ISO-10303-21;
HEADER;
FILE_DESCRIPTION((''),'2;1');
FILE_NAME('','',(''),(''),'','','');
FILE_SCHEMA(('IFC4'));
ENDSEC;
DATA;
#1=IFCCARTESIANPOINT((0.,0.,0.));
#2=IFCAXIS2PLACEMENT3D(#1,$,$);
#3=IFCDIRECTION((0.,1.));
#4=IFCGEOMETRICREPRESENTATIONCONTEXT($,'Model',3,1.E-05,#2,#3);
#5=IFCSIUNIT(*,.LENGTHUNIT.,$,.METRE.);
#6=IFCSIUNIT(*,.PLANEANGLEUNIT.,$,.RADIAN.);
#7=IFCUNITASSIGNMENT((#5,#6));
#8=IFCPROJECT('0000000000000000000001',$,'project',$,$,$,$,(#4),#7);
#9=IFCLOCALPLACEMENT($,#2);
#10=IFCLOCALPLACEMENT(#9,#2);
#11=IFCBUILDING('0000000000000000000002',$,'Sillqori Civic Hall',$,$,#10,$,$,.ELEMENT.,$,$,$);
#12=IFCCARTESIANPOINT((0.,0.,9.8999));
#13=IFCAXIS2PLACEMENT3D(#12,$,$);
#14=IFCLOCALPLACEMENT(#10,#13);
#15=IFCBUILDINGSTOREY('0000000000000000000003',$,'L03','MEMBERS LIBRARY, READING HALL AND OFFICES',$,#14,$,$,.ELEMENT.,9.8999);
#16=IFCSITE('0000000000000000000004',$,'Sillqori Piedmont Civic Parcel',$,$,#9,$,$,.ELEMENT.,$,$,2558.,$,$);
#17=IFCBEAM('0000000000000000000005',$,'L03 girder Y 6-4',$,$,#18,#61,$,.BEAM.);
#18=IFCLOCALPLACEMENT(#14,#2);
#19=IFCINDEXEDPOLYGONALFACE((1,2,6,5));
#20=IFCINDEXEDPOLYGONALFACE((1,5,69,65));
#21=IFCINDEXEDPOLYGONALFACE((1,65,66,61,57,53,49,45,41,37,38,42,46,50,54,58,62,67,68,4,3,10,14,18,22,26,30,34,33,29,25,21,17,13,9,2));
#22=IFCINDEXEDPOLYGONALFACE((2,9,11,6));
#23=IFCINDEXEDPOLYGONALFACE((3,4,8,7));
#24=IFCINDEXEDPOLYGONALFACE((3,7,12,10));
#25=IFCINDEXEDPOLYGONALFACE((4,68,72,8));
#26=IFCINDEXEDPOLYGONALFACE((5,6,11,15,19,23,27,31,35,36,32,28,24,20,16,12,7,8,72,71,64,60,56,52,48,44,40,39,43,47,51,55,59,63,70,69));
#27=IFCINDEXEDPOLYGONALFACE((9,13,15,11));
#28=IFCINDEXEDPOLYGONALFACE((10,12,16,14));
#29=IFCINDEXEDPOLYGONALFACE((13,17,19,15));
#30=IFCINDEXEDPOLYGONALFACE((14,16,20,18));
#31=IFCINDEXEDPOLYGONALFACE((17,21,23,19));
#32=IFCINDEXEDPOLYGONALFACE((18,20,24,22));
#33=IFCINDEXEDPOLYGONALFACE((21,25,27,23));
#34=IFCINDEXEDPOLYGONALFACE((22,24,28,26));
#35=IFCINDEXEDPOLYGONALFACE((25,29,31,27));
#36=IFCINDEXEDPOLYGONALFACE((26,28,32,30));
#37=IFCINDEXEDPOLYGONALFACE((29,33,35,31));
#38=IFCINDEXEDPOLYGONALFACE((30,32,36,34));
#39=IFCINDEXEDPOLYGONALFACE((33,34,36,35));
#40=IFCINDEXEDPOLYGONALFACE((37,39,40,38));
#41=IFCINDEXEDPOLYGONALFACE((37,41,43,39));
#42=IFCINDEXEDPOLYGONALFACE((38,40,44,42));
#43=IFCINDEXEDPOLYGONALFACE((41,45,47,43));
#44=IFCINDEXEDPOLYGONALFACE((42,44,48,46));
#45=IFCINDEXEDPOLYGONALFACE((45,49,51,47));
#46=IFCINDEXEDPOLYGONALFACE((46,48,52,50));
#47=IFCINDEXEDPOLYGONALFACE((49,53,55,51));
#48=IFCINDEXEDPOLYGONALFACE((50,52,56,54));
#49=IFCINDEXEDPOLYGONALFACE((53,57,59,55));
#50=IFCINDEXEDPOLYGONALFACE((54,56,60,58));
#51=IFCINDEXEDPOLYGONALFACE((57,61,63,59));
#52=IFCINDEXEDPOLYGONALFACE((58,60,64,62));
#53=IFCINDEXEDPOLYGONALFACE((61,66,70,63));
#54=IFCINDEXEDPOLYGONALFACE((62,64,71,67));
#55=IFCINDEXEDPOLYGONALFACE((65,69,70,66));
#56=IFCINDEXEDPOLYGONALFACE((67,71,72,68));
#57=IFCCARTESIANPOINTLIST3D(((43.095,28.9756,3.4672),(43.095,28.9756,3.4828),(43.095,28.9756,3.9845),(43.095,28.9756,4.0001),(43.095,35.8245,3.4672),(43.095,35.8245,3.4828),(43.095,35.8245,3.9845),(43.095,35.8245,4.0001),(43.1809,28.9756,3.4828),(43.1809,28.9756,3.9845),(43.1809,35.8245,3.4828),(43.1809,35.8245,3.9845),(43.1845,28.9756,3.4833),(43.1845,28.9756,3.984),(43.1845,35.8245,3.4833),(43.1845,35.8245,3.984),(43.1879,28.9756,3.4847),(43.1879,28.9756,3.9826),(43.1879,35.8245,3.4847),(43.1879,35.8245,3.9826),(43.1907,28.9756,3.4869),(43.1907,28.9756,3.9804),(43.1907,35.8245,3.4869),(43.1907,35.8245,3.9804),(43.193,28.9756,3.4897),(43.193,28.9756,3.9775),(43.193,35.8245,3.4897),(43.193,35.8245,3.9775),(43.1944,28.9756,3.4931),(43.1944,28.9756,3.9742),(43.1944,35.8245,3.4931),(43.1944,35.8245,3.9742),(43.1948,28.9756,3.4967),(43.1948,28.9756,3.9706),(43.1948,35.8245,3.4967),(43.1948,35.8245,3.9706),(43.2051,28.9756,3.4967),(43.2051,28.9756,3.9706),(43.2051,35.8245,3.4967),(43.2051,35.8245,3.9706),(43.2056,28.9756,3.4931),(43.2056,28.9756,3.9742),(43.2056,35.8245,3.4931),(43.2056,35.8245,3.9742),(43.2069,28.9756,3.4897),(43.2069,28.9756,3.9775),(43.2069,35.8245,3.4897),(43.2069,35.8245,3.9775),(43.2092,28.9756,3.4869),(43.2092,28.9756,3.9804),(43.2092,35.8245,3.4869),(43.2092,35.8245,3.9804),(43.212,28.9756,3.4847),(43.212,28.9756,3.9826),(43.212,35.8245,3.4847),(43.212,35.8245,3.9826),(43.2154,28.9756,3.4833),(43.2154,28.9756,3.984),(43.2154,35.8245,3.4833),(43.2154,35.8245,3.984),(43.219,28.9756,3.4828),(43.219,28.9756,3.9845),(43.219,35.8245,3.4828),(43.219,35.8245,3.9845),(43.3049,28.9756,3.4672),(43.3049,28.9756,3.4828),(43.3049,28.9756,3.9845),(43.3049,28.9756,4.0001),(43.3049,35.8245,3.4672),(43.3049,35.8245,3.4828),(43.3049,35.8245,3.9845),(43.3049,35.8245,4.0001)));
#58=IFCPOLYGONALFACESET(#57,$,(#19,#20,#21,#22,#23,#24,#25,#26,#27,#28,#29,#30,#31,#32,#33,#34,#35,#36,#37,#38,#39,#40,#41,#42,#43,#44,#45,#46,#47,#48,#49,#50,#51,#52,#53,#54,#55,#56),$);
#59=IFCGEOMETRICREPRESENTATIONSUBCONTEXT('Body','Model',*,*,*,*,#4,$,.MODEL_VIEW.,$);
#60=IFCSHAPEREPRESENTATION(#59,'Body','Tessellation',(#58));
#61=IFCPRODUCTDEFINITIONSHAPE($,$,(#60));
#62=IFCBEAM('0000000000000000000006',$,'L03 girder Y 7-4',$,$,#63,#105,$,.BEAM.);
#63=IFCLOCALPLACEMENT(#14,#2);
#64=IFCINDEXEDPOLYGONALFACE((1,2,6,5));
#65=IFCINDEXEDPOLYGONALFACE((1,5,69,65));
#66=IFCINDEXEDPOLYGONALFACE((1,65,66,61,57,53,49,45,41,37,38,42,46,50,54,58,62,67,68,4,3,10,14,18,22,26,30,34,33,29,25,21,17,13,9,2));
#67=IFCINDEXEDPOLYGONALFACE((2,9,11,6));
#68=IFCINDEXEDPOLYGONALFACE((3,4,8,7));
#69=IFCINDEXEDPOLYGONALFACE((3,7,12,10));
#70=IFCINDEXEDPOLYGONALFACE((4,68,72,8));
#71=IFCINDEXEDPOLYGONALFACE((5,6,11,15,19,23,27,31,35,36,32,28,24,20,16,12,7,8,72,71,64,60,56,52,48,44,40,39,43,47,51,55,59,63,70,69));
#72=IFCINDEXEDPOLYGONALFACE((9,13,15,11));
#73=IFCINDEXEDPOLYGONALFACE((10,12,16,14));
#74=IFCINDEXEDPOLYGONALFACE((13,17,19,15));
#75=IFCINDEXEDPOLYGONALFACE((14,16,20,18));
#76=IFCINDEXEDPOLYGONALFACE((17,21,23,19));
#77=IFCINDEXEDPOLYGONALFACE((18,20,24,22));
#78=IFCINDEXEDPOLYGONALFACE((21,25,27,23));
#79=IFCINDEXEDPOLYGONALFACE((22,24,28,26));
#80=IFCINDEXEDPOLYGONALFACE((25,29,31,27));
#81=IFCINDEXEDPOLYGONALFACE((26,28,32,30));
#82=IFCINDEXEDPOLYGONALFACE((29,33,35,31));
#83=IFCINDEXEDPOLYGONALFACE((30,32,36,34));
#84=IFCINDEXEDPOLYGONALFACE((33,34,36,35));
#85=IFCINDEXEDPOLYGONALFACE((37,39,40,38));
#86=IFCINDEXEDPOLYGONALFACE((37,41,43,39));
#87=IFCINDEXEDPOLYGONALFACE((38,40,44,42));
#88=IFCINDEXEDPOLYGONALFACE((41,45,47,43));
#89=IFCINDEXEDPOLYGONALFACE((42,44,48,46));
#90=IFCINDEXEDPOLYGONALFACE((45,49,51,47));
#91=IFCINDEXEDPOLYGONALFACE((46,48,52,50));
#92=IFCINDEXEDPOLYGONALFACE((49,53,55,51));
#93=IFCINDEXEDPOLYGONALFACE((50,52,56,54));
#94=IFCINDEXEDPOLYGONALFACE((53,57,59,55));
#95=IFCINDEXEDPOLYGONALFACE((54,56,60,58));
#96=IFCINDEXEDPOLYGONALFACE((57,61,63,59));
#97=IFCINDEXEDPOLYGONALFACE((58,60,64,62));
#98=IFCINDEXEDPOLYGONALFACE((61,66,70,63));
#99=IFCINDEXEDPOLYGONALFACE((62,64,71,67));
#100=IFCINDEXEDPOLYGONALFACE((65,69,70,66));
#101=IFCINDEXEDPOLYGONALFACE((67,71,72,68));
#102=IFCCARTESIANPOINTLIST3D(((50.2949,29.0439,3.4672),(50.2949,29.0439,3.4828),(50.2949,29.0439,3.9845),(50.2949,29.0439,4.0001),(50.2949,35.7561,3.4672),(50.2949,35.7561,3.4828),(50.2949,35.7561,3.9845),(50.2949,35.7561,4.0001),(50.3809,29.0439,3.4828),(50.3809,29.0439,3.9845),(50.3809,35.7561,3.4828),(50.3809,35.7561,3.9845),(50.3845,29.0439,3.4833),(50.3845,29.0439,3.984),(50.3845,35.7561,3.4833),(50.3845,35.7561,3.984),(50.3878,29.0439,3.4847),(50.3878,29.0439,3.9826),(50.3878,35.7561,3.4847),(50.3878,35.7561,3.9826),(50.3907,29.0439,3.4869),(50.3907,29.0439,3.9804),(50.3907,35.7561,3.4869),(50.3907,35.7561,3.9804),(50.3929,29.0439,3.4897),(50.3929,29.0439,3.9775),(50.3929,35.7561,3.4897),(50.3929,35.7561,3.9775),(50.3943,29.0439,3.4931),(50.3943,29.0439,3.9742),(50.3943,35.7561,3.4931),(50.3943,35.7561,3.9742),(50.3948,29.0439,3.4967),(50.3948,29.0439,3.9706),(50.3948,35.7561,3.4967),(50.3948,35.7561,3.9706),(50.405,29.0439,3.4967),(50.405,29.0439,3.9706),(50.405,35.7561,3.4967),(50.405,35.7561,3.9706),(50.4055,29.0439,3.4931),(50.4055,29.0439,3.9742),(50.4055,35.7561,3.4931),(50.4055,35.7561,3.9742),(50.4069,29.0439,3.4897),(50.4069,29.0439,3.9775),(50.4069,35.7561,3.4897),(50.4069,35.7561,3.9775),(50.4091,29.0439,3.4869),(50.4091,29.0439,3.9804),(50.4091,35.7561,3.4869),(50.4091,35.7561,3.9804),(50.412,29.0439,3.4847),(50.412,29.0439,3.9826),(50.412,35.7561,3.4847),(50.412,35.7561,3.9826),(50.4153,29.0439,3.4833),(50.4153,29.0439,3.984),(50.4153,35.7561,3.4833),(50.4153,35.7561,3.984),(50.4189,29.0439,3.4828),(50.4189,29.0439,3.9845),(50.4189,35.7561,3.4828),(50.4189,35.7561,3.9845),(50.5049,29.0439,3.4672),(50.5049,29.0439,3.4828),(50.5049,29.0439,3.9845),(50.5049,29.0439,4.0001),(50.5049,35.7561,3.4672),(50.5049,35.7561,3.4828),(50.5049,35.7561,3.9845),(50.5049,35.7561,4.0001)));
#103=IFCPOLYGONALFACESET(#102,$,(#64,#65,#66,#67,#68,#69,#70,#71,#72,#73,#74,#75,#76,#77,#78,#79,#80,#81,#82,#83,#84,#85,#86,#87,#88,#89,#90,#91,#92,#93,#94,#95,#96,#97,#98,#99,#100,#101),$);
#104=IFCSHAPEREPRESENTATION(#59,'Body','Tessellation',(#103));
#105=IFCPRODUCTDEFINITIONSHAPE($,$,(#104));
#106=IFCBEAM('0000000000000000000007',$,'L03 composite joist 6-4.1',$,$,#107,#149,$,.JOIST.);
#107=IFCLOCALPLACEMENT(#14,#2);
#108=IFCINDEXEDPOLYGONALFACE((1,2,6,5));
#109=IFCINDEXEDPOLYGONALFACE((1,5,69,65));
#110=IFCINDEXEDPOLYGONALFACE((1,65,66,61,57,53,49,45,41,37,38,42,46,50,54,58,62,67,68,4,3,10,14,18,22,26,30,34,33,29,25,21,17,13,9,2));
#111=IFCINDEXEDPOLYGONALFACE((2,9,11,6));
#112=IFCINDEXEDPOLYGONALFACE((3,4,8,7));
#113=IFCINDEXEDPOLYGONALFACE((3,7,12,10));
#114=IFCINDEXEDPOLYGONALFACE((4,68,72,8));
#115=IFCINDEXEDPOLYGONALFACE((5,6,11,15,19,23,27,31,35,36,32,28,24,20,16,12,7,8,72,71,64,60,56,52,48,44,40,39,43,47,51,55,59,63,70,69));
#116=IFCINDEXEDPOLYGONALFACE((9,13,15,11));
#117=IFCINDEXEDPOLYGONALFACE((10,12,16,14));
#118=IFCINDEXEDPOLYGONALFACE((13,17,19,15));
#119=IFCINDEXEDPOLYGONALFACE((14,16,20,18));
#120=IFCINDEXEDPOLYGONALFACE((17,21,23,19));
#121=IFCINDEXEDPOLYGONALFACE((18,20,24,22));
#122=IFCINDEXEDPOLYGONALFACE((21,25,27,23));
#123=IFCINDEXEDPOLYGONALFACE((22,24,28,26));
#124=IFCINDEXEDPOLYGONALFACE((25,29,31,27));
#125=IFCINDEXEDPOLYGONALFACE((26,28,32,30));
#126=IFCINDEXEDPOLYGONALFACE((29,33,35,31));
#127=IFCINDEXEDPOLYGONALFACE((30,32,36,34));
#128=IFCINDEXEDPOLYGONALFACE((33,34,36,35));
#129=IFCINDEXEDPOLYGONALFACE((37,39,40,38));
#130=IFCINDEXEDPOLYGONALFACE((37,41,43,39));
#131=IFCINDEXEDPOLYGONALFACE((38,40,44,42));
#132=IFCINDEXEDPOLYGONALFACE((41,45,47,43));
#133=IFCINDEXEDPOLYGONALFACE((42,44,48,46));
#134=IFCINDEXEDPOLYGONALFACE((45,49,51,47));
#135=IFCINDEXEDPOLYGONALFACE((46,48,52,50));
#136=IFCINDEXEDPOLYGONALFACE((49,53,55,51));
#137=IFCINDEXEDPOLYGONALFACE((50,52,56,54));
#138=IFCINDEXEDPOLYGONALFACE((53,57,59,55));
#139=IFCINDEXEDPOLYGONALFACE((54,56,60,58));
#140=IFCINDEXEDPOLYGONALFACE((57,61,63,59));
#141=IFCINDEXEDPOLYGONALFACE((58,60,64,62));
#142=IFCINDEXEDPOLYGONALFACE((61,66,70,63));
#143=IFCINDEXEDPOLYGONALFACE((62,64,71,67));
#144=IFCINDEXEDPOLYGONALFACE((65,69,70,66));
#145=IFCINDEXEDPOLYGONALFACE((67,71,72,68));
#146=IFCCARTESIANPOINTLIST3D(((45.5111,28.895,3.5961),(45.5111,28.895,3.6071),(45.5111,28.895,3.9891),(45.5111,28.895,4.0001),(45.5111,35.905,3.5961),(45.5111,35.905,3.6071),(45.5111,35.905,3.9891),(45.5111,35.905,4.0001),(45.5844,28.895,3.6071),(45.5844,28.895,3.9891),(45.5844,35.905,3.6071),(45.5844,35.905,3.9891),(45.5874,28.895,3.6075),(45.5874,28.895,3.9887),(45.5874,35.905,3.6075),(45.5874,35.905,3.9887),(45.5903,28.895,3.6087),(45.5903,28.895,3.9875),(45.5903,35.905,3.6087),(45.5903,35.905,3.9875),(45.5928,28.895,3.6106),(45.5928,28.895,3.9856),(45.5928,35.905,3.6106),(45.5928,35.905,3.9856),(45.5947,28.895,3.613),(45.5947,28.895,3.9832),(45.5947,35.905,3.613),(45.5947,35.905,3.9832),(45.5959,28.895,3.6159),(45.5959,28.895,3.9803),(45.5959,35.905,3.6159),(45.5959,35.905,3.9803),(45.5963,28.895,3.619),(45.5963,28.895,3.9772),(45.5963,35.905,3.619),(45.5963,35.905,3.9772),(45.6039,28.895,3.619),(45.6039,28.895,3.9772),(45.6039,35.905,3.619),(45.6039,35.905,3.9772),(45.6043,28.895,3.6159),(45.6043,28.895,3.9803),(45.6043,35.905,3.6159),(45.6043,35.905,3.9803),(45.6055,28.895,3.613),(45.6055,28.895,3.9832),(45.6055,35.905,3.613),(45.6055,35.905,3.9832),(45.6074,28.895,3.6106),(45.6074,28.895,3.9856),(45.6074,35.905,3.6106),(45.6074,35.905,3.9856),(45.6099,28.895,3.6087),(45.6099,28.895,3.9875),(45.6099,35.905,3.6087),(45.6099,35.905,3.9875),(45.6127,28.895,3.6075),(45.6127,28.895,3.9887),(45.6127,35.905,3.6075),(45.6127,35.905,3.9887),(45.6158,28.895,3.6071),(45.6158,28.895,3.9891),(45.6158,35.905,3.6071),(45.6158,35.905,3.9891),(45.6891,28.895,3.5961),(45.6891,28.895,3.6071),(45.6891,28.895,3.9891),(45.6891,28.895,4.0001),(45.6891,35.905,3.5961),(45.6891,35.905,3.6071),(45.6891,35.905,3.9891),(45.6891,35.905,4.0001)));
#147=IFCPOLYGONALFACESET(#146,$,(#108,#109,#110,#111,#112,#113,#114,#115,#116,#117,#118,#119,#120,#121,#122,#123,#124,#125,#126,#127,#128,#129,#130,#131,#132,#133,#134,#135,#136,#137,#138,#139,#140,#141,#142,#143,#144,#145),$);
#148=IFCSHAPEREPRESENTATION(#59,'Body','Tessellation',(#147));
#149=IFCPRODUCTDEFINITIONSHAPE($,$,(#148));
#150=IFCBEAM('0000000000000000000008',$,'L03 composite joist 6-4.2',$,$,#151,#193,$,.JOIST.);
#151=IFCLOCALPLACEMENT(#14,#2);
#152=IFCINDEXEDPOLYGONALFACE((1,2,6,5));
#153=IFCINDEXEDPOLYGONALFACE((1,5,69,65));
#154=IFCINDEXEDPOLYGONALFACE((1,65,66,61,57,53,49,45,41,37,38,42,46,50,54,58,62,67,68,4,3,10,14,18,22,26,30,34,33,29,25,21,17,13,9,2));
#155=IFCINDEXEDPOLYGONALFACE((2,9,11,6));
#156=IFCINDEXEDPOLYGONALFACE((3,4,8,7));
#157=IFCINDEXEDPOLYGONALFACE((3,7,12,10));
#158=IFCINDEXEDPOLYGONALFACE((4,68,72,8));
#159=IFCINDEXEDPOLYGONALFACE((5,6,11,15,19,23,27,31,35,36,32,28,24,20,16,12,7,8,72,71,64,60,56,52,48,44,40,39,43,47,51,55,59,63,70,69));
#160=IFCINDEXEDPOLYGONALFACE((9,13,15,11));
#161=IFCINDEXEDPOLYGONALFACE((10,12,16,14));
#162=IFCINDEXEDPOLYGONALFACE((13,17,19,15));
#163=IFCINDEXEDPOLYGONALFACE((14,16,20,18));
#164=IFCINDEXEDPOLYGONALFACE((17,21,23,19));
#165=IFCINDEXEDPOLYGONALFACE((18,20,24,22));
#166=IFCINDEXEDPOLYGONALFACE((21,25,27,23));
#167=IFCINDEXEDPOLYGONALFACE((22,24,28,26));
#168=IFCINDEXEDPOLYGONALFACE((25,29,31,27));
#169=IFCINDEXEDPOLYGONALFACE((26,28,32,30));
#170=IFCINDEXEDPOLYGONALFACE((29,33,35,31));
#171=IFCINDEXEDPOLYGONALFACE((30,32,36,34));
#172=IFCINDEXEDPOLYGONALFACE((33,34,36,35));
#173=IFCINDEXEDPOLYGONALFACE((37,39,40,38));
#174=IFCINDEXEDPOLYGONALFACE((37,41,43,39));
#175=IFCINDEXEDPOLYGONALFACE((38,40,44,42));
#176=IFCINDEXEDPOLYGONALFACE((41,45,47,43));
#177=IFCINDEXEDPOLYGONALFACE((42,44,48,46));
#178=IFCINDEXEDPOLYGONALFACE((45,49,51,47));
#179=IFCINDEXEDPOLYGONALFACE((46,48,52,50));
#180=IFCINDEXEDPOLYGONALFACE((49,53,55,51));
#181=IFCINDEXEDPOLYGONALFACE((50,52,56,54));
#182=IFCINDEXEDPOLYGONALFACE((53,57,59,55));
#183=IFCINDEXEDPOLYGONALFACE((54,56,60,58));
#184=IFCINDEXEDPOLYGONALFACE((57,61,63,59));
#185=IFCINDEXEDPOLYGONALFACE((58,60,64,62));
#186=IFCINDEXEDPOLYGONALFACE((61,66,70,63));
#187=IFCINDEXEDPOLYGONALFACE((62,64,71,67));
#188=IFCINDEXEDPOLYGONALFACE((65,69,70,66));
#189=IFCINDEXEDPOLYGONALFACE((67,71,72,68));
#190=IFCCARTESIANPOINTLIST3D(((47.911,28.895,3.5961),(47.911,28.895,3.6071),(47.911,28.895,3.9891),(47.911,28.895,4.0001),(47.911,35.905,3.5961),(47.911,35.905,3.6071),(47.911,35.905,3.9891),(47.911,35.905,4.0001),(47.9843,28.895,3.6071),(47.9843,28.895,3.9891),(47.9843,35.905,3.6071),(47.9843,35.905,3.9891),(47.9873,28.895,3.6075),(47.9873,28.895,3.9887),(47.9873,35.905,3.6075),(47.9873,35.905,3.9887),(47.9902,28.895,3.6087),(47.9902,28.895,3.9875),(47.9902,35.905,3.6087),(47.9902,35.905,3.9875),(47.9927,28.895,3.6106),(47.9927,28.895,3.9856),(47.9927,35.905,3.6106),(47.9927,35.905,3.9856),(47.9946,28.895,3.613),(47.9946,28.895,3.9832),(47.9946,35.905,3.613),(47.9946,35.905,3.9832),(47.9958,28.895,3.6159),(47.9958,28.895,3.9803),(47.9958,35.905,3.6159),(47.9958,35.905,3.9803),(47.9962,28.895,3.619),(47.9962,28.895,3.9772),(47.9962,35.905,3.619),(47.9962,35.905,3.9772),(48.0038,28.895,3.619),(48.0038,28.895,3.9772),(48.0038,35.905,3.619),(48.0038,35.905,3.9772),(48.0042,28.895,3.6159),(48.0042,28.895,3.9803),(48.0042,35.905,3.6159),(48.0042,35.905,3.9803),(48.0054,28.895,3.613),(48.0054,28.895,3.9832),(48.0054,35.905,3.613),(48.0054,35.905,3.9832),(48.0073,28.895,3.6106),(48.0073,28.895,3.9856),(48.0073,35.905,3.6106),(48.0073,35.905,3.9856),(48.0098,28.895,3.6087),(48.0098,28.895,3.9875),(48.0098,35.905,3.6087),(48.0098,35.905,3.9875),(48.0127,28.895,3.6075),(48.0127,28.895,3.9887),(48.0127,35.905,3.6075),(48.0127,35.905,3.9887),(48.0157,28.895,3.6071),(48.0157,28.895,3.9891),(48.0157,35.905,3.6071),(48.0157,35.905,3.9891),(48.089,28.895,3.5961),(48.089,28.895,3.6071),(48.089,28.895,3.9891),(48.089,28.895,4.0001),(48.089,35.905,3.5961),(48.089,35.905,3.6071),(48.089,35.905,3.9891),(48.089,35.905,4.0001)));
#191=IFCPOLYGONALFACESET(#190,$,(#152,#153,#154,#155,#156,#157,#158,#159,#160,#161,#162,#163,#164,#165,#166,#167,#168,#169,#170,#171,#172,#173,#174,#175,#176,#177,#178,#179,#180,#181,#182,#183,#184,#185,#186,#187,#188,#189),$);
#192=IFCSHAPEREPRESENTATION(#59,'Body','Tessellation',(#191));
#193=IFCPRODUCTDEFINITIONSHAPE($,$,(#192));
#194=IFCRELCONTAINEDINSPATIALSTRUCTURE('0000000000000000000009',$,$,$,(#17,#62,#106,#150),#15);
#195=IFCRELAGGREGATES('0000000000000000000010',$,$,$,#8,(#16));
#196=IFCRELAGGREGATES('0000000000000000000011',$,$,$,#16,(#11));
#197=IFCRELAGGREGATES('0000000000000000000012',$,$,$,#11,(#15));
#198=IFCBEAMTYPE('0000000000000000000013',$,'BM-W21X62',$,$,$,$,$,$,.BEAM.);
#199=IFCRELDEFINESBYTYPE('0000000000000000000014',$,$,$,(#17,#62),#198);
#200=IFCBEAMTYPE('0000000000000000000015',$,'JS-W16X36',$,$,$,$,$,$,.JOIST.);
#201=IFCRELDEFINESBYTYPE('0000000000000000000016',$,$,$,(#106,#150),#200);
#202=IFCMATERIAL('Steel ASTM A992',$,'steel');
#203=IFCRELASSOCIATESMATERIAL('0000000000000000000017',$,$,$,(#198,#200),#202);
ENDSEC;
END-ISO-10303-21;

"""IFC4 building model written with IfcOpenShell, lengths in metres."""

from ifc_helpers import new_model, si_unit, direction, frame, origin, origin_2d, place, context, subcontext, project, spatial, i_section, extrude, material, material_profile, profile_set, type_object, element, save


model = new_model("IFC4")

# Units and contexts
model_context = context("Model", 3, precision=1e-05, world=origin(), true_north=direction((0.0, 1.0)))
body_context = subcontext(model_context, "Body", "Model", "MODEL_VIEW")
ifc_project = project(units=[si_unit("LENGTHUNIT", "METRE"), si_unit("PLANEANGLEUNIT", "RADIAN")], contexts=[model_context])

# Site, building, storey
site_placement = place(None, origin())
site = spatial("IfcSite", under=ifc_project, at=site_placement, Name="Sillqori Piedmont Civic Parcel", CompositionType="ELEMENT", RefElevation=2558.0)
building_placement = place(site_placement, origin())
building = spatial("IfcBuilding", under=site, at=building_placement, Name="Sillqori Civic Hall", CompositionType="ELEMENT")
storey_placement = place(building_placement, frame((0.0, 0.0, 9.8999)))
storey = spatial("IfcBuildingStorey", under=building, at=storey_placement, Name="L03", Description="MEMBERS LIBRARY, READING HALL AND OFFICES", CompositionType="ELEMENT", Elevation=9.8999)

# Beams
ifc_material_1 = material(Name="Steel ASTM A992", Category="steel")
ifc_material_profile_1 = material_profile(ifc_material_1, i_section(OverallWidth=0.21, OverallDepth=0.533, WebThickness=0.0103, FlangeThickness=0.0156, FilletRadius=0.0139, at=origin_2d()), Name="W21X62")
ifc_profile_set_1 = profile_set([ifc_material_profile_1], Name="Steel ASTM A992")
beam_type_1 = type_object("IfcBeamType", Name="BM-W21X62", PredefinedType="BEAM", material=ifc_profile_set_1)
beam_1_placement = place(storey_placement, frame((43.2, 28.9756, 3.7336), z_axis=(0.0, 1.0, 0.0), x_axis=(-1.0, 0.0, 0.0)))
element("IfcBeam", 1, at=beam_1_placement, inside=storey, type_object=beam_type_1, Name="L03 girder Y 6-4", PredefinedType="BEAM", context=body_context, shape_type="SweptSolid", body=[
    extrude(i_section(OverallWidth=0.21, OverallDepth=0.533, WebThickness=0.0103, FlangeThickness=0.0156, FilletRadius=0.0139, at=origin_2d()), origin(), (0.0, 0.0, 1.0), 6.8489),
])
beam_2_placement = place(storey_placement, frame((50.3999, 29.0439, 3.7336), z_axis=(0.0, 1.0, 0.0), x_axis=(-1.0, 0.0, 0.0)))
element("IfcBeam", 2, at=beam_2_placement, inside=storey, type_object=beam_type_1, Name="L03 girder Y 7-4", PredefinedType="BEAM", context=body_context, shape_type="SweptSolid", body=[
    extrude(i_section(OverallWidth=0.21, OverallDepth=0.533, WebThickness=0.0103, FlangeThickness=0.0156, FilletRadius=0.0139, at=origin_2d()), origin(), (0.0, 0.0, 1.0), 6.7122),
])
ifc_material_profile_2 = material_profile(ifc_material_1, i_section(OverallWidth=0.178, OverallDepth=0.4041, WebThickness=0.0076, FlangeThickness=0.011, FilletRadius=0.012, at=origin_2d()), Name="W16X36")
ifc_profile_set_2 = profile_set([ifc_material_profile_2], Name="Steel ASTM A992")
beam_type_2 = type_object("IfcBeamType", Name="JS-W16X36", PredefinedType="JOIST", material=ifc_profile_set_2)
for number, where, z_axis, x_axis, name in (
    (3, (45.6001, 28.895, 3.7981), (0.0, 1.0, 0.0), (-1.0, 0.0, 0.0), "L03 composite joist 6-4.1"),
    (4, (48.0, 28.895, 3.7981), (0.0, 1.0, 0.0), (-1.0, 0.0, 0.0), "L03 composite joist 6-4.2"),
):
    element("IfcBeam", number, at=place(storey_placement, frame(where, z_axis=z_axis, x_axis=x_axis)), inside=storey, type_object=beam_type_2, Name=name, PredefinedType="JOIST", context=body_context, shape_type="SweptSolid", body=[
        extrude(i_section(OverallWidth=0.178, OverallDepth=0.4041, WebThickness=0.0076, FlangeThickness=0.011, FilletRadius=0.012, at=origin_2d()), origin(), (0.0, 0.0, 1.0), 7.01),
    ])

save(model, "model.ifc")
